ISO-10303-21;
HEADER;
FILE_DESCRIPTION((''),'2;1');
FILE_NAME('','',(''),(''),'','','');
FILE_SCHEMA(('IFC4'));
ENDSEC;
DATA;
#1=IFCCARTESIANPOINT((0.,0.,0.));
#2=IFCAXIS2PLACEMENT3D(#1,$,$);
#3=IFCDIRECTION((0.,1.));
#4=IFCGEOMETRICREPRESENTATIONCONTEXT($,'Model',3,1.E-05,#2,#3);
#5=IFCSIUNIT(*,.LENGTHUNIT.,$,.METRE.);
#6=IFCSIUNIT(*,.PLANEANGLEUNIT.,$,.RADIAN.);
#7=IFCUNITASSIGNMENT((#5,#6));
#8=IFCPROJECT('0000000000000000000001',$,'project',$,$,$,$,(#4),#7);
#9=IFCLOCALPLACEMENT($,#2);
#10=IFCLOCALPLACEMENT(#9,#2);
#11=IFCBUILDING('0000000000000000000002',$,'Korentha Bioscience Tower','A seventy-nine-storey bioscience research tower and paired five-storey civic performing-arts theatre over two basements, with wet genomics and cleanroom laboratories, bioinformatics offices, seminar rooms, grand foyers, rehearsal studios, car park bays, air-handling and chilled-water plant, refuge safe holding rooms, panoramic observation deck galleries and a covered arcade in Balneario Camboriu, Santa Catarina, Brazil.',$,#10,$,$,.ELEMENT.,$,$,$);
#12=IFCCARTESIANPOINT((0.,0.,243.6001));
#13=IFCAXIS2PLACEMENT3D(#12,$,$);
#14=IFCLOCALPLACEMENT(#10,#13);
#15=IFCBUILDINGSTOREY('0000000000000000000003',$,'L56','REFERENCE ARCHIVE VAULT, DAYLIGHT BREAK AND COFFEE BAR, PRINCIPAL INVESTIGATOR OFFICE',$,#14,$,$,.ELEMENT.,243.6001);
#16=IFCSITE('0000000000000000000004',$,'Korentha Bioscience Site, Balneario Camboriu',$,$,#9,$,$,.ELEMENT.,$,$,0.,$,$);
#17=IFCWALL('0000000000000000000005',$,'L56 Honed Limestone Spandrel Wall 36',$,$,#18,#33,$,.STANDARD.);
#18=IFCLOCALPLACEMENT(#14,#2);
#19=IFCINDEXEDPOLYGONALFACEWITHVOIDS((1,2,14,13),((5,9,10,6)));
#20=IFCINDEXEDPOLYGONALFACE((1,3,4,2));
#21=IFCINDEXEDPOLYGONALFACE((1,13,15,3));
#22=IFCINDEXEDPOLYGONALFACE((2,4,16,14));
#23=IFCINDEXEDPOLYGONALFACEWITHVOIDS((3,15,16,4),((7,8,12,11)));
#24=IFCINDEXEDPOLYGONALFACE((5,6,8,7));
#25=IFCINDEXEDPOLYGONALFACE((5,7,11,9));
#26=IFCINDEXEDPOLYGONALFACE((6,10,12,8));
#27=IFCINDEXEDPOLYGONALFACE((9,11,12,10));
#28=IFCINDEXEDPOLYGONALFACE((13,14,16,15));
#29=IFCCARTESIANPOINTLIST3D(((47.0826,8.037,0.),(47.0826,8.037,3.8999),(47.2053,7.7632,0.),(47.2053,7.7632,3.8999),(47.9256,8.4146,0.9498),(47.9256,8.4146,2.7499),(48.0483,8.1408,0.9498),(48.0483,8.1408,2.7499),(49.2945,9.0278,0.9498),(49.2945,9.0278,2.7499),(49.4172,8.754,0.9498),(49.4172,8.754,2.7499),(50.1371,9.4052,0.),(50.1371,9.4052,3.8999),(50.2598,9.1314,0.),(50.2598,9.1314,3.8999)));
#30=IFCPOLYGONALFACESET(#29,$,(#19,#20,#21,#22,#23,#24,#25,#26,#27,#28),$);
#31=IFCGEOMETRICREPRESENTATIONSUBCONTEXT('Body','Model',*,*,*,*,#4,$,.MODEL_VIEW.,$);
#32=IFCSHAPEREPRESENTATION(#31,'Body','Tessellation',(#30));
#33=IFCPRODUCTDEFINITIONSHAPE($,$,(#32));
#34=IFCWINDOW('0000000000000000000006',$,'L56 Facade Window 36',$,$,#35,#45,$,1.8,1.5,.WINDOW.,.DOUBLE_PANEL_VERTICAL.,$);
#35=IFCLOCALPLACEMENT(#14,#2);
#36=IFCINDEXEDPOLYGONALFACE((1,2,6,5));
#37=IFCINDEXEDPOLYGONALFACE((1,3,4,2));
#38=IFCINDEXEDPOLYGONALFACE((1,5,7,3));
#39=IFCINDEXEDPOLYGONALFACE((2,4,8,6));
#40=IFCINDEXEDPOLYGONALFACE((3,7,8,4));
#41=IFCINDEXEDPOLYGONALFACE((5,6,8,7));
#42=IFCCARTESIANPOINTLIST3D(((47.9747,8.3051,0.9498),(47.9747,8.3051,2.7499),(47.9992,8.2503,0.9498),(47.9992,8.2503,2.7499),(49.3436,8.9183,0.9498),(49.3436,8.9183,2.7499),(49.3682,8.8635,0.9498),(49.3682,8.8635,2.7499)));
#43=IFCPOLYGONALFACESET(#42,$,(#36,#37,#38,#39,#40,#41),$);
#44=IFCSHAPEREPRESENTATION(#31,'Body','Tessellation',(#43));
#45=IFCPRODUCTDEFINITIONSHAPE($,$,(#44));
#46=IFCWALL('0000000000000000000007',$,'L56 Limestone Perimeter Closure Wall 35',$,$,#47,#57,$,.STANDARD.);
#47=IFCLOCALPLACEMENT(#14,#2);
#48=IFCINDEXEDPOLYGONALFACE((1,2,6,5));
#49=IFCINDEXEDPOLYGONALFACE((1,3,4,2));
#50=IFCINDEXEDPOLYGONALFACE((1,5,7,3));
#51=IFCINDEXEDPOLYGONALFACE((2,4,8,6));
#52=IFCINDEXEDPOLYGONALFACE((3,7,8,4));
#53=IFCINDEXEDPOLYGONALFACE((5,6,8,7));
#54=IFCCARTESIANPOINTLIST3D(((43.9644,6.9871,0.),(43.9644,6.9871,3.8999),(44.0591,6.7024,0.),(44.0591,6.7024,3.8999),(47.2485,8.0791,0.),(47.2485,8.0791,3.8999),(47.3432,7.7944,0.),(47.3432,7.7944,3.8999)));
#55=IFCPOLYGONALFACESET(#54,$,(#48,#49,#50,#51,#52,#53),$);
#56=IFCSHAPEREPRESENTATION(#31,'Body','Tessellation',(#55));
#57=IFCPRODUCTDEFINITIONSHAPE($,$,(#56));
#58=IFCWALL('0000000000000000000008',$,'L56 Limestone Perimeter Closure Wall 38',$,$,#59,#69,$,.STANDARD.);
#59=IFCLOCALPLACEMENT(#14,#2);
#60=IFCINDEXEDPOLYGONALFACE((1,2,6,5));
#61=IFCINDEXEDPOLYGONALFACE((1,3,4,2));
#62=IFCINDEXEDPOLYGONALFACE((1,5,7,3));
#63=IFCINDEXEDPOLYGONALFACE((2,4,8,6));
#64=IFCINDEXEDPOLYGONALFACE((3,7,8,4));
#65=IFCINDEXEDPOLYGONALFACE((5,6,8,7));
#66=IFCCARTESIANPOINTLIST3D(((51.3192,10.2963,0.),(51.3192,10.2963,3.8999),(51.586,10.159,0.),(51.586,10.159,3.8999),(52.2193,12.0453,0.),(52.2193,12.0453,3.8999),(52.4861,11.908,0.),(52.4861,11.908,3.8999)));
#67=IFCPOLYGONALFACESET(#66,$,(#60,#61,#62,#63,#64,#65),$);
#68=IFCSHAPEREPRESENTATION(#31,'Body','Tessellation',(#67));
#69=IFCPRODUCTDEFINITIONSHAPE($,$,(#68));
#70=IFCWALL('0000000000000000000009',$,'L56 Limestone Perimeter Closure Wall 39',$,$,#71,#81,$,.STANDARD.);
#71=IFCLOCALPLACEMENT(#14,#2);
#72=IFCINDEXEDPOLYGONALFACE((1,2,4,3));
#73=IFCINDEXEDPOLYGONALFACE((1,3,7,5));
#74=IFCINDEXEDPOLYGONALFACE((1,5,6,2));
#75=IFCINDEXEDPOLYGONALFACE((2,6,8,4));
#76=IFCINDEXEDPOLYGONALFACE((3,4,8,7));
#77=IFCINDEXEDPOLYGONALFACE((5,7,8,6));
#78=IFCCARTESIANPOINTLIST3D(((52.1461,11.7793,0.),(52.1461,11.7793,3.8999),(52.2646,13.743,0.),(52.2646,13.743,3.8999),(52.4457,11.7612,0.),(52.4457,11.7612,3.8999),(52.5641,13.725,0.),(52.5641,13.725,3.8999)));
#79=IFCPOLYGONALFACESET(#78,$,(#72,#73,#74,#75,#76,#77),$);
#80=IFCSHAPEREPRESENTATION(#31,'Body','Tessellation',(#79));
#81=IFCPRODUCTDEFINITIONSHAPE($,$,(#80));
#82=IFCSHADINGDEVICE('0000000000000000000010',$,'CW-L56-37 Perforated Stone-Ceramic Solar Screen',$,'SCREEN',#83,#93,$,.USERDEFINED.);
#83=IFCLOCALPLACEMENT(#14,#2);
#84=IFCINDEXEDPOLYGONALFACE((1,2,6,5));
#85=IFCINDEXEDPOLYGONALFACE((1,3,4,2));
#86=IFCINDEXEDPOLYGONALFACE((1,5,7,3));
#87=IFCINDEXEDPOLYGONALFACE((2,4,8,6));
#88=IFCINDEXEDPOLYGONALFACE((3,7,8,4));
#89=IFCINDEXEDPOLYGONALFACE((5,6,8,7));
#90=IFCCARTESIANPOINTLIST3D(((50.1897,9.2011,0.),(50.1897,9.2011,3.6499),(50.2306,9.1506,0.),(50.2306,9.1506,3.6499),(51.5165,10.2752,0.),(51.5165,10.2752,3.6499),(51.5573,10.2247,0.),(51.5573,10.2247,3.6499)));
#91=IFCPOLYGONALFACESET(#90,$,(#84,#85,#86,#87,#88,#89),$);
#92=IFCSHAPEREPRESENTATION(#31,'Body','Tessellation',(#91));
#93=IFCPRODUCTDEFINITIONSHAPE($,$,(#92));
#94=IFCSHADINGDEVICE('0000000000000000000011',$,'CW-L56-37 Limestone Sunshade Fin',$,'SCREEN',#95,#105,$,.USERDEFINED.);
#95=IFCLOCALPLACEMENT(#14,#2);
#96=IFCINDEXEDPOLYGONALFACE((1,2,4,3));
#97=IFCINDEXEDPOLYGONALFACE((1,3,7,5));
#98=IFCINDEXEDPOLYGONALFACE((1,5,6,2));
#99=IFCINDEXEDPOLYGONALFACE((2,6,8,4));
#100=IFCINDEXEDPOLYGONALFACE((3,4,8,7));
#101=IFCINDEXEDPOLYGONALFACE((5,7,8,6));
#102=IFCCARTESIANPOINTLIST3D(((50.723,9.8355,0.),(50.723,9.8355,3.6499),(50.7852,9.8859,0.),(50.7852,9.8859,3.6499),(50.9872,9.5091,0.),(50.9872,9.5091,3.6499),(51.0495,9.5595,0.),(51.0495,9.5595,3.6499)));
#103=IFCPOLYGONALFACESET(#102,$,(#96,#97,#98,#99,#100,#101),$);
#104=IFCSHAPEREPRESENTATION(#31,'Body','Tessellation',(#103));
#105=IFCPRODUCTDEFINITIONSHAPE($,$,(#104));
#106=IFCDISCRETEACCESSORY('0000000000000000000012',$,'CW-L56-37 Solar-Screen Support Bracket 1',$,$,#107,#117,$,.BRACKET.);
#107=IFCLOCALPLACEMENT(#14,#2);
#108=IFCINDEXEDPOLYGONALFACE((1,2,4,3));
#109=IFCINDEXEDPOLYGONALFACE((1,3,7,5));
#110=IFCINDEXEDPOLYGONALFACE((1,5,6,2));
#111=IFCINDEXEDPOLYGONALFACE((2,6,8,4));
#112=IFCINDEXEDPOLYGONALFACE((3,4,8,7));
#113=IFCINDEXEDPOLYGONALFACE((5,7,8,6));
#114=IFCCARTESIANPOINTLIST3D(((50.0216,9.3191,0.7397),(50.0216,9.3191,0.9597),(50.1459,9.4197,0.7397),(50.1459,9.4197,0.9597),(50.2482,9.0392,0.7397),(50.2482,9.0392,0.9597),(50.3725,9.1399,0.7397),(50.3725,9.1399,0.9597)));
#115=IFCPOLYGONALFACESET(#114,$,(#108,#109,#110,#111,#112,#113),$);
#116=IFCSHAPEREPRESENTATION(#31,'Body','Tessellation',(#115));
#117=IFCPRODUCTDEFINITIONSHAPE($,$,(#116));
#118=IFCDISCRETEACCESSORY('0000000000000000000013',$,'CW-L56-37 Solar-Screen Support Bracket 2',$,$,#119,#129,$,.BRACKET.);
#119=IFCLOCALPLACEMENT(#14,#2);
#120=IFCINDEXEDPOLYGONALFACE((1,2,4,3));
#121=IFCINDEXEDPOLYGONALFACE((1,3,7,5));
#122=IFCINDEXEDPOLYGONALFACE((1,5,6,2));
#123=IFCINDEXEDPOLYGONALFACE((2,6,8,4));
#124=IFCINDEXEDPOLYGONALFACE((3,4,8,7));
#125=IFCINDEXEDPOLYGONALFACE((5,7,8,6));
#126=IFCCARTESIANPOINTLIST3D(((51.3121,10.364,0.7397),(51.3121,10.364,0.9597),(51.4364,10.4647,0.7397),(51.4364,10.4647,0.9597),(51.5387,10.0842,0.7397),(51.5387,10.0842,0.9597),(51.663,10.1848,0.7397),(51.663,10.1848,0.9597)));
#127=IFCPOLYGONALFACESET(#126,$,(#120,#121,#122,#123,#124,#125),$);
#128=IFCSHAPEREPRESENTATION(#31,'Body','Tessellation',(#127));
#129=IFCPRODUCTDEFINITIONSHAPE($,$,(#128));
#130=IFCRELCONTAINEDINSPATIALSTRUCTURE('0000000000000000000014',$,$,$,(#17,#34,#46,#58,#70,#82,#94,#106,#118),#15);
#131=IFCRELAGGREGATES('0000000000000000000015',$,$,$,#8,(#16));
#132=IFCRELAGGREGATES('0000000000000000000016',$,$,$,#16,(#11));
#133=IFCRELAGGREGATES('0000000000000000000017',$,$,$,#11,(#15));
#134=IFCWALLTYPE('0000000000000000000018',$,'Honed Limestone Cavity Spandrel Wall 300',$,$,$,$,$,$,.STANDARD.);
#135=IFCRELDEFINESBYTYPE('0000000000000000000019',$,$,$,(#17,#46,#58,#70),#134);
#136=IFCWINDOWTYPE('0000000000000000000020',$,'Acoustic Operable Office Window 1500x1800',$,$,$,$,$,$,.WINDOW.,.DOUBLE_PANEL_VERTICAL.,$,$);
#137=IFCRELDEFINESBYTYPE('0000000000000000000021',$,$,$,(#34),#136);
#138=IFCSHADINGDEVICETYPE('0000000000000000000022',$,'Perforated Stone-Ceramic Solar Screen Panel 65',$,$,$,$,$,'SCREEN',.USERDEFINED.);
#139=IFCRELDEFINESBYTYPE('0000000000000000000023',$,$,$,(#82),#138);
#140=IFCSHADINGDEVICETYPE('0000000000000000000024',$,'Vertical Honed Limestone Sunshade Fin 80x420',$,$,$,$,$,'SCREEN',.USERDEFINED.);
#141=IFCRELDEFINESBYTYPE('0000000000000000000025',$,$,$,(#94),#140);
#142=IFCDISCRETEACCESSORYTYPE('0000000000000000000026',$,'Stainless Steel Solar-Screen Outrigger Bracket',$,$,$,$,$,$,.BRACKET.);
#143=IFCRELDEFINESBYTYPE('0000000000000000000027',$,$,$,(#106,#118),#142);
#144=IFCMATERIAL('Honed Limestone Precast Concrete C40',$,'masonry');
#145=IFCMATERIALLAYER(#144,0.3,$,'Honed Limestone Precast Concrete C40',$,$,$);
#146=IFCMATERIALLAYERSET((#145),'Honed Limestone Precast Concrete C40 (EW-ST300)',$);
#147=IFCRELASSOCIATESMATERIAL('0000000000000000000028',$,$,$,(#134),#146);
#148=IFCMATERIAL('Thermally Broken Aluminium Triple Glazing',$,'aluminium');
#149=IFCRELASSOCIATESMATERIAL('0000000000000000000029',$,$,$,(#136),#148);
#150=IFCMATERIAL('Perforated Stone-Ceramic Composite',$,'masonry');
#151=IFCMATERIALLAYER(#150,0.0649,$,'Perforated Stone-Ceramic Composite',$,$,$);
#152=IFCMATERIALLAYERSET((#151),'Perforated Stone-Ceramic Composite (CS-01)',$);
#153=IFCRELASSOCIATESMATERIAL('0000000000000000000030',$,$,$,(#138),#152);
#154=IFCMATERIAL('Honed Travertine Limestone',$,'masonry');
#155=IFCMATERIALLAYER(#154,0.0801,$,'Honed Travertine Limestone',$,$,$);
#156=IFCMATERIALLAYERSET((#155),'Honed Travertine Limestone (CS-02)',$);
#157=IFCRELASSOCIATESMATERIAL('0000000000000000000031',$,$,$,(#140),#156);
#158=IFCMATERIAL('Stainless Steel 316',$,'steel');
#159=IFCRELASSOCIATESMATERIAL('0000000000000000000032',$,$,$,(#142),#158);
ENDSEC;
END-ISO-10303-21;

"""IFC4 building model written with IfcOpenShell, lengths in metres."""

from ifc_helpers import new_model, si_unit, direction, frame, frame_2d, origin, origin_2d, place, context, subcontext, project, spatial, rectangle, extrude, material, layer, layer_set, type_object, element, fill, save


model = new_model("IFC4")

# Units and contexts
model_context = context("Model", 3, precision=1e-05, world=origin(), true_north=direction((0.0, 1.0)))
body_context = subcontext(model_context, "Body", "Model", "MODEL_VIEW")
ifc_project = project(units=[si_unit("LENGTHUNIT", "METRE"), si_unit("PLANEANGLEUNIT", "RADIAN")], contexts=[model_context])

# Site, building, storey
site_placement = place(None, origin())
site = spatial("IfcSite", under=ifc_project, at=site_placement, Name="Korentha Bioscience Site, Balneario Camboriu", CompositionType="ELEMENT", RefElevation=0.0)
building_placement = place(site_placement, origin())
building = spatial("IfcBuilding", under=site, at=building_placement, Name="Korentha Bioscience Tower", Description="A seventy-nine-storey bioscience research tower and paired five-storey civic performing-arts theatre over two basements, with wet genomics and cleanroom laboratories, bioinformatics offices, seminar rooms, grand foyers, rehearsal studios, car park bays, air-handling and chilled-water plant, refuge safe holding rooms, panoramic observation deck galleries and a covered arcade in Balneario Camboriu, Santa Catarina, Brazil.", CompositionType="ELEMENT")
storey_placement = place(building_placement, frame((0.0, 0.0, 243.6001)))
storey = spatial("IfcBuildingStorey", under=building, at=storey_placement, Name="L56", Description="REFERENCE ARCHIVE VAULT, DAYLIGHT BREAK AND COFFEE BAR, PRINCIPAL INVESTIGATOR OFFICE", CompositionType="ELEMENT", Elevation=243.6001)

# Wall, opening, window
ifc_material_1 = material(Name="Honed Limestone Precast Concrete C40", Category="masonry")
ifc_layer_1 = layer(ifc_material_1, 0.3, Name="Honed Limestone Precast Concrete C40")
ifc_layer_set_1 = layer_set([ifc_layer_1], Name="Honed Limestone Precast Concrete C40 (EW-ST300)")
wall_type_1 = type_object("IfcWallType", Name="Honed Limestone Cavity Spandrel Wall 300", PredefinedType="STANDARD", material=ifc_layer_set_1)
wall_1_placement = place(storey_placement, frame((47.144, 7.9001, 0.0), z_axis=(0.0, 0.0, 1.0), x_axis=(0.912629, 0.40879, 0.0)))
wall_1 = element("IfcWall", 1, at=wall_1_placement, inside=storey, type_object=wall_type_1, Name="L56 Honed Limestone Spandrel Wall 36", PredefinedType="STANDARD", context=body_context, shape_type="SweptSolid", body=[
    extrude(rectangle(XDim=3.3469, YDim=0.3, at=frame_2d((1.6733, 0.0))), origin(), (0.0, 0.0, 1.0), 3.8999),
])
opening_placement = place(wall_1_placement, frame((0.9236, 0.0, 0.95)))
opening = element("IfcOpeningElement", 2, at=opening_placement, cuts=wall_1, PredefinedType="OPENING", context=body_context, shape_type="SweptSolid", body=[
    extrude(rectangle(XDim=1.5, YDim=1.8, at=frame_2d((0.75, 0.8999))), frame((0.0, 0.165, 0.0), z_axis=(0.0, -1.0, 0.0), x_axis=(1.0, 0.0, 0.0)), (0.0, 0.0, 1.0), 0.3298),
])
ifc_material_2 = material(Name="Thermally Broken Aluminium Triple Glazing", Category="aluminium")
window_type = type_object("IfcWindowType", Name="Acoustic Operable Office Window 1500x1800", PartitioningType="DOUBLE_PANEL_VERTICAL", PredefinedType="WINDOW", material=ifc_material_2)
window_placement = place(opening_placement, origin())
window = element("IfcWindow", 3, at=window_placement, inside=storey, type_object=window_type, Name="L56 Facade Window 36", OverallHeight=1.8, OverallWidth=1.5, PartitioningType="DOUBLE_PANEL_VERTICAL", PredefinedType="WINDOW", context=body_context, shape_type="SweptSolid", body=[
    extrude(rectangle(XDim=1.5, YDim=1.8, at=frame_2d((0.75, 0.8999))), frame((0.0, 0.03, 0.0), z_axis=(0.0, -1.0, 0.0), x_axis=(1.0, 0.0, 0.0)), (0.0, 0.0, 1.0), 0.0601),
])
fill(opening, window)

# Walls
wall_2_placement = place(storey_placement, frame((44.0117, 6.8447, 0.0), z_axis=(0.0, 0.0, 1.0), x_axis=(0.948916, 0.315529, 0.0)))
element("IfcWall", 4, at=wall_2_placement, inside=storey, type_object=wall_type_1, Name="L56 Limestone Perimeter Closure Wall 35", PredefinedType="STANDARD", context=body_context, shape_type="SweptSolid", body=[
    extrude(rectangle(XDim=3.4609, YDim=0.3, at=frame_2d((1.7305, 0.0))), origin(), (0.0, 0.0, 1.0), 3.8999),
])
wall_3_placement = place(storey_placement, frame((51.4526, 10.2278, 0.0), z_axis=(0.0, 0.0, 1.0), x_axis=(0.457609, 0.889154, 0.0)))
element("IfcWall", 5, at=wall_3_placement, inside=storey, type_object=wall_type_1, Name="L56 Limestone Perimeter Closure Wall 38", PredefinedType="STANDARD", context=body_context, shape_type="SweptSolid", body=[
    extrude(rectangle(XDim=1.967, YDim=0.3, at=frame_2d((0.9834, 0.0))), origin(), (0.0, 0.0, 1.0), 3.8999),
])
wall_4_placement = place(storey_placement, frame((52.2959, 11.7703, 0.0), z_axis=(0.0, 0.0, 1.0), x_axis=(0.060192, 0.998187, 0.0)))
element("IfcWall", 6, at=wall_4_placement, inside=storey, type_object=wall_type_1, Name="L56 Limestone Perimeter Closure Wall 39", PredefinedType="STANDARD", context=body_context, shape_type="SweptSolid", body=[
    extrude(rectangle(XDim=1.9673, YDim=0.3, at=frame_2d((0.9836, 0.0))), origin(), (0.0, 0.0, 1.0), 3.8999),
])

# Shading devices
ifc_material_3 = material(Name="Perforated Stone-Ceramic Composite", Category="masonry")
ifc_layer_2 = layer(ifc_material_3, 0.0649, Name="Perforated Stone-Ceramic Composite")
ifc_layer_set_2 = layer_set([ifc_layer_2], Name="Perforated Stone-Ceramic Composite (CS-01)")
shading_device_type_1 = type_object("IfcShadingDeviceType", Name="Perforated Stone-Ceramic Solar Screen Panel 65", ElementType="SCREEN", PredefinedType="USERDEFINED", material=ifc_layer_set_2)
shading_device_1_placement = place(storey_placement, frame((50.8735, 9.7129, 0.0), z_axis=(0.0, 0.0, 1.0), x_axis=(0.777226, 0.629221, 0.0)))
element("IfcShadingDevice", 7, at=shading_device_1_placement, inside=storey, type_object=shading_device_type_1, Name="CW-L56-37 Perforated Stone-Ceramic Solar Screen", ObjectType="SCREEN", PredefinedType="USERDEFINED", context=body_context, shape_type="SweptSolid", body=[
    extrude(rectangle(XDim=1.707, YDim=0.0649, at=origin_2d()), origin(), (0.0, 0.0, 1.0), 3.6499),
])
ifc_material_4 = material(Name="Honed Travertine Limestone", Category="masonry")
ifc_layer_3 = layer(ifc_material_4, 0.0801, Name="Honed Travertine Limestone")
ifc_layer_set_3 = layer_set([ifc_layer_3], Name="Honed Travertine Limestone (CS-02)")
shading_device_type_2 = type_object("IfcShadingDeviceType", Name="Vertical Honed Limestone Sunshade Fin 80x420", ElementType="SCREEN", PredefinedType="USERDEFINED", material=ifc_layer_set_3)
shading_device_2_placement = place(storey_placement, frame((50.8862, 9.6975, 0.0), z_axis=(0.0, 0.0, 1.0), x_axis=(0.777226, 0.629221, 0.0)))
element("IfcShadingDevice", 8, at=shading_device_2_placement, inside=storey, type_object=shading_device_type_2, Name="CW-L56-37 Limestone Sunshade Fin", ObjectType="SCREEN", PredefinedType="USERDEFINED", context=body_context, shape_type="SweptSolid", body=[
    extrude(rectangle(XDim=0.0801, YDim=0.4199, at=origin_2d()), origin(), (0.0, 0.0, 1.0), 3.6499),
])

# Discrete accessories
ifc_material_5 = material(Name="Stainless Steel 316", Category="steel")
discrete_accessory_type = type_object("IfcDiscreteAccessoryType", Name="Stainless Steel Solar-Screen Outrigger Bracket", PredefinedType="BRACKET", material=ifc_material_5)
for number, where, z_axis, x_axis, name in (
    (9, (50.197, 9.2295, 0.7397), (0.0, 0.0, 1.0), (0.777226, 0.629221, 0.0), "CW-L56-37 Solar-Screen Support Bracket 1"),
    (10, (51.4875, 10.2744, 0.7397), (0.0, 0.0, 1.0), (0.777226, 0.629221, 0.0), "CW-L56-37 Solar-Screen Support Bracket 2"),
):
    element("IfcDiscreteAccessory", number, at=place(storey_placement, frame(where, z_axis=z_axis, x_axis=x_axis)), inside=storey, type_object=discrete_accessory_type, Name=name, PredefinedType="BRACKET", context=body_context, shape_type="SweptSolid", body=[
        extrude(rectangle(XDim=0.1599, YDim=0.3601, at=origin_2d()), origin(), (0.0, 0.0, 1.0), 0.22),
    ])

save(model, "model.ifc")
